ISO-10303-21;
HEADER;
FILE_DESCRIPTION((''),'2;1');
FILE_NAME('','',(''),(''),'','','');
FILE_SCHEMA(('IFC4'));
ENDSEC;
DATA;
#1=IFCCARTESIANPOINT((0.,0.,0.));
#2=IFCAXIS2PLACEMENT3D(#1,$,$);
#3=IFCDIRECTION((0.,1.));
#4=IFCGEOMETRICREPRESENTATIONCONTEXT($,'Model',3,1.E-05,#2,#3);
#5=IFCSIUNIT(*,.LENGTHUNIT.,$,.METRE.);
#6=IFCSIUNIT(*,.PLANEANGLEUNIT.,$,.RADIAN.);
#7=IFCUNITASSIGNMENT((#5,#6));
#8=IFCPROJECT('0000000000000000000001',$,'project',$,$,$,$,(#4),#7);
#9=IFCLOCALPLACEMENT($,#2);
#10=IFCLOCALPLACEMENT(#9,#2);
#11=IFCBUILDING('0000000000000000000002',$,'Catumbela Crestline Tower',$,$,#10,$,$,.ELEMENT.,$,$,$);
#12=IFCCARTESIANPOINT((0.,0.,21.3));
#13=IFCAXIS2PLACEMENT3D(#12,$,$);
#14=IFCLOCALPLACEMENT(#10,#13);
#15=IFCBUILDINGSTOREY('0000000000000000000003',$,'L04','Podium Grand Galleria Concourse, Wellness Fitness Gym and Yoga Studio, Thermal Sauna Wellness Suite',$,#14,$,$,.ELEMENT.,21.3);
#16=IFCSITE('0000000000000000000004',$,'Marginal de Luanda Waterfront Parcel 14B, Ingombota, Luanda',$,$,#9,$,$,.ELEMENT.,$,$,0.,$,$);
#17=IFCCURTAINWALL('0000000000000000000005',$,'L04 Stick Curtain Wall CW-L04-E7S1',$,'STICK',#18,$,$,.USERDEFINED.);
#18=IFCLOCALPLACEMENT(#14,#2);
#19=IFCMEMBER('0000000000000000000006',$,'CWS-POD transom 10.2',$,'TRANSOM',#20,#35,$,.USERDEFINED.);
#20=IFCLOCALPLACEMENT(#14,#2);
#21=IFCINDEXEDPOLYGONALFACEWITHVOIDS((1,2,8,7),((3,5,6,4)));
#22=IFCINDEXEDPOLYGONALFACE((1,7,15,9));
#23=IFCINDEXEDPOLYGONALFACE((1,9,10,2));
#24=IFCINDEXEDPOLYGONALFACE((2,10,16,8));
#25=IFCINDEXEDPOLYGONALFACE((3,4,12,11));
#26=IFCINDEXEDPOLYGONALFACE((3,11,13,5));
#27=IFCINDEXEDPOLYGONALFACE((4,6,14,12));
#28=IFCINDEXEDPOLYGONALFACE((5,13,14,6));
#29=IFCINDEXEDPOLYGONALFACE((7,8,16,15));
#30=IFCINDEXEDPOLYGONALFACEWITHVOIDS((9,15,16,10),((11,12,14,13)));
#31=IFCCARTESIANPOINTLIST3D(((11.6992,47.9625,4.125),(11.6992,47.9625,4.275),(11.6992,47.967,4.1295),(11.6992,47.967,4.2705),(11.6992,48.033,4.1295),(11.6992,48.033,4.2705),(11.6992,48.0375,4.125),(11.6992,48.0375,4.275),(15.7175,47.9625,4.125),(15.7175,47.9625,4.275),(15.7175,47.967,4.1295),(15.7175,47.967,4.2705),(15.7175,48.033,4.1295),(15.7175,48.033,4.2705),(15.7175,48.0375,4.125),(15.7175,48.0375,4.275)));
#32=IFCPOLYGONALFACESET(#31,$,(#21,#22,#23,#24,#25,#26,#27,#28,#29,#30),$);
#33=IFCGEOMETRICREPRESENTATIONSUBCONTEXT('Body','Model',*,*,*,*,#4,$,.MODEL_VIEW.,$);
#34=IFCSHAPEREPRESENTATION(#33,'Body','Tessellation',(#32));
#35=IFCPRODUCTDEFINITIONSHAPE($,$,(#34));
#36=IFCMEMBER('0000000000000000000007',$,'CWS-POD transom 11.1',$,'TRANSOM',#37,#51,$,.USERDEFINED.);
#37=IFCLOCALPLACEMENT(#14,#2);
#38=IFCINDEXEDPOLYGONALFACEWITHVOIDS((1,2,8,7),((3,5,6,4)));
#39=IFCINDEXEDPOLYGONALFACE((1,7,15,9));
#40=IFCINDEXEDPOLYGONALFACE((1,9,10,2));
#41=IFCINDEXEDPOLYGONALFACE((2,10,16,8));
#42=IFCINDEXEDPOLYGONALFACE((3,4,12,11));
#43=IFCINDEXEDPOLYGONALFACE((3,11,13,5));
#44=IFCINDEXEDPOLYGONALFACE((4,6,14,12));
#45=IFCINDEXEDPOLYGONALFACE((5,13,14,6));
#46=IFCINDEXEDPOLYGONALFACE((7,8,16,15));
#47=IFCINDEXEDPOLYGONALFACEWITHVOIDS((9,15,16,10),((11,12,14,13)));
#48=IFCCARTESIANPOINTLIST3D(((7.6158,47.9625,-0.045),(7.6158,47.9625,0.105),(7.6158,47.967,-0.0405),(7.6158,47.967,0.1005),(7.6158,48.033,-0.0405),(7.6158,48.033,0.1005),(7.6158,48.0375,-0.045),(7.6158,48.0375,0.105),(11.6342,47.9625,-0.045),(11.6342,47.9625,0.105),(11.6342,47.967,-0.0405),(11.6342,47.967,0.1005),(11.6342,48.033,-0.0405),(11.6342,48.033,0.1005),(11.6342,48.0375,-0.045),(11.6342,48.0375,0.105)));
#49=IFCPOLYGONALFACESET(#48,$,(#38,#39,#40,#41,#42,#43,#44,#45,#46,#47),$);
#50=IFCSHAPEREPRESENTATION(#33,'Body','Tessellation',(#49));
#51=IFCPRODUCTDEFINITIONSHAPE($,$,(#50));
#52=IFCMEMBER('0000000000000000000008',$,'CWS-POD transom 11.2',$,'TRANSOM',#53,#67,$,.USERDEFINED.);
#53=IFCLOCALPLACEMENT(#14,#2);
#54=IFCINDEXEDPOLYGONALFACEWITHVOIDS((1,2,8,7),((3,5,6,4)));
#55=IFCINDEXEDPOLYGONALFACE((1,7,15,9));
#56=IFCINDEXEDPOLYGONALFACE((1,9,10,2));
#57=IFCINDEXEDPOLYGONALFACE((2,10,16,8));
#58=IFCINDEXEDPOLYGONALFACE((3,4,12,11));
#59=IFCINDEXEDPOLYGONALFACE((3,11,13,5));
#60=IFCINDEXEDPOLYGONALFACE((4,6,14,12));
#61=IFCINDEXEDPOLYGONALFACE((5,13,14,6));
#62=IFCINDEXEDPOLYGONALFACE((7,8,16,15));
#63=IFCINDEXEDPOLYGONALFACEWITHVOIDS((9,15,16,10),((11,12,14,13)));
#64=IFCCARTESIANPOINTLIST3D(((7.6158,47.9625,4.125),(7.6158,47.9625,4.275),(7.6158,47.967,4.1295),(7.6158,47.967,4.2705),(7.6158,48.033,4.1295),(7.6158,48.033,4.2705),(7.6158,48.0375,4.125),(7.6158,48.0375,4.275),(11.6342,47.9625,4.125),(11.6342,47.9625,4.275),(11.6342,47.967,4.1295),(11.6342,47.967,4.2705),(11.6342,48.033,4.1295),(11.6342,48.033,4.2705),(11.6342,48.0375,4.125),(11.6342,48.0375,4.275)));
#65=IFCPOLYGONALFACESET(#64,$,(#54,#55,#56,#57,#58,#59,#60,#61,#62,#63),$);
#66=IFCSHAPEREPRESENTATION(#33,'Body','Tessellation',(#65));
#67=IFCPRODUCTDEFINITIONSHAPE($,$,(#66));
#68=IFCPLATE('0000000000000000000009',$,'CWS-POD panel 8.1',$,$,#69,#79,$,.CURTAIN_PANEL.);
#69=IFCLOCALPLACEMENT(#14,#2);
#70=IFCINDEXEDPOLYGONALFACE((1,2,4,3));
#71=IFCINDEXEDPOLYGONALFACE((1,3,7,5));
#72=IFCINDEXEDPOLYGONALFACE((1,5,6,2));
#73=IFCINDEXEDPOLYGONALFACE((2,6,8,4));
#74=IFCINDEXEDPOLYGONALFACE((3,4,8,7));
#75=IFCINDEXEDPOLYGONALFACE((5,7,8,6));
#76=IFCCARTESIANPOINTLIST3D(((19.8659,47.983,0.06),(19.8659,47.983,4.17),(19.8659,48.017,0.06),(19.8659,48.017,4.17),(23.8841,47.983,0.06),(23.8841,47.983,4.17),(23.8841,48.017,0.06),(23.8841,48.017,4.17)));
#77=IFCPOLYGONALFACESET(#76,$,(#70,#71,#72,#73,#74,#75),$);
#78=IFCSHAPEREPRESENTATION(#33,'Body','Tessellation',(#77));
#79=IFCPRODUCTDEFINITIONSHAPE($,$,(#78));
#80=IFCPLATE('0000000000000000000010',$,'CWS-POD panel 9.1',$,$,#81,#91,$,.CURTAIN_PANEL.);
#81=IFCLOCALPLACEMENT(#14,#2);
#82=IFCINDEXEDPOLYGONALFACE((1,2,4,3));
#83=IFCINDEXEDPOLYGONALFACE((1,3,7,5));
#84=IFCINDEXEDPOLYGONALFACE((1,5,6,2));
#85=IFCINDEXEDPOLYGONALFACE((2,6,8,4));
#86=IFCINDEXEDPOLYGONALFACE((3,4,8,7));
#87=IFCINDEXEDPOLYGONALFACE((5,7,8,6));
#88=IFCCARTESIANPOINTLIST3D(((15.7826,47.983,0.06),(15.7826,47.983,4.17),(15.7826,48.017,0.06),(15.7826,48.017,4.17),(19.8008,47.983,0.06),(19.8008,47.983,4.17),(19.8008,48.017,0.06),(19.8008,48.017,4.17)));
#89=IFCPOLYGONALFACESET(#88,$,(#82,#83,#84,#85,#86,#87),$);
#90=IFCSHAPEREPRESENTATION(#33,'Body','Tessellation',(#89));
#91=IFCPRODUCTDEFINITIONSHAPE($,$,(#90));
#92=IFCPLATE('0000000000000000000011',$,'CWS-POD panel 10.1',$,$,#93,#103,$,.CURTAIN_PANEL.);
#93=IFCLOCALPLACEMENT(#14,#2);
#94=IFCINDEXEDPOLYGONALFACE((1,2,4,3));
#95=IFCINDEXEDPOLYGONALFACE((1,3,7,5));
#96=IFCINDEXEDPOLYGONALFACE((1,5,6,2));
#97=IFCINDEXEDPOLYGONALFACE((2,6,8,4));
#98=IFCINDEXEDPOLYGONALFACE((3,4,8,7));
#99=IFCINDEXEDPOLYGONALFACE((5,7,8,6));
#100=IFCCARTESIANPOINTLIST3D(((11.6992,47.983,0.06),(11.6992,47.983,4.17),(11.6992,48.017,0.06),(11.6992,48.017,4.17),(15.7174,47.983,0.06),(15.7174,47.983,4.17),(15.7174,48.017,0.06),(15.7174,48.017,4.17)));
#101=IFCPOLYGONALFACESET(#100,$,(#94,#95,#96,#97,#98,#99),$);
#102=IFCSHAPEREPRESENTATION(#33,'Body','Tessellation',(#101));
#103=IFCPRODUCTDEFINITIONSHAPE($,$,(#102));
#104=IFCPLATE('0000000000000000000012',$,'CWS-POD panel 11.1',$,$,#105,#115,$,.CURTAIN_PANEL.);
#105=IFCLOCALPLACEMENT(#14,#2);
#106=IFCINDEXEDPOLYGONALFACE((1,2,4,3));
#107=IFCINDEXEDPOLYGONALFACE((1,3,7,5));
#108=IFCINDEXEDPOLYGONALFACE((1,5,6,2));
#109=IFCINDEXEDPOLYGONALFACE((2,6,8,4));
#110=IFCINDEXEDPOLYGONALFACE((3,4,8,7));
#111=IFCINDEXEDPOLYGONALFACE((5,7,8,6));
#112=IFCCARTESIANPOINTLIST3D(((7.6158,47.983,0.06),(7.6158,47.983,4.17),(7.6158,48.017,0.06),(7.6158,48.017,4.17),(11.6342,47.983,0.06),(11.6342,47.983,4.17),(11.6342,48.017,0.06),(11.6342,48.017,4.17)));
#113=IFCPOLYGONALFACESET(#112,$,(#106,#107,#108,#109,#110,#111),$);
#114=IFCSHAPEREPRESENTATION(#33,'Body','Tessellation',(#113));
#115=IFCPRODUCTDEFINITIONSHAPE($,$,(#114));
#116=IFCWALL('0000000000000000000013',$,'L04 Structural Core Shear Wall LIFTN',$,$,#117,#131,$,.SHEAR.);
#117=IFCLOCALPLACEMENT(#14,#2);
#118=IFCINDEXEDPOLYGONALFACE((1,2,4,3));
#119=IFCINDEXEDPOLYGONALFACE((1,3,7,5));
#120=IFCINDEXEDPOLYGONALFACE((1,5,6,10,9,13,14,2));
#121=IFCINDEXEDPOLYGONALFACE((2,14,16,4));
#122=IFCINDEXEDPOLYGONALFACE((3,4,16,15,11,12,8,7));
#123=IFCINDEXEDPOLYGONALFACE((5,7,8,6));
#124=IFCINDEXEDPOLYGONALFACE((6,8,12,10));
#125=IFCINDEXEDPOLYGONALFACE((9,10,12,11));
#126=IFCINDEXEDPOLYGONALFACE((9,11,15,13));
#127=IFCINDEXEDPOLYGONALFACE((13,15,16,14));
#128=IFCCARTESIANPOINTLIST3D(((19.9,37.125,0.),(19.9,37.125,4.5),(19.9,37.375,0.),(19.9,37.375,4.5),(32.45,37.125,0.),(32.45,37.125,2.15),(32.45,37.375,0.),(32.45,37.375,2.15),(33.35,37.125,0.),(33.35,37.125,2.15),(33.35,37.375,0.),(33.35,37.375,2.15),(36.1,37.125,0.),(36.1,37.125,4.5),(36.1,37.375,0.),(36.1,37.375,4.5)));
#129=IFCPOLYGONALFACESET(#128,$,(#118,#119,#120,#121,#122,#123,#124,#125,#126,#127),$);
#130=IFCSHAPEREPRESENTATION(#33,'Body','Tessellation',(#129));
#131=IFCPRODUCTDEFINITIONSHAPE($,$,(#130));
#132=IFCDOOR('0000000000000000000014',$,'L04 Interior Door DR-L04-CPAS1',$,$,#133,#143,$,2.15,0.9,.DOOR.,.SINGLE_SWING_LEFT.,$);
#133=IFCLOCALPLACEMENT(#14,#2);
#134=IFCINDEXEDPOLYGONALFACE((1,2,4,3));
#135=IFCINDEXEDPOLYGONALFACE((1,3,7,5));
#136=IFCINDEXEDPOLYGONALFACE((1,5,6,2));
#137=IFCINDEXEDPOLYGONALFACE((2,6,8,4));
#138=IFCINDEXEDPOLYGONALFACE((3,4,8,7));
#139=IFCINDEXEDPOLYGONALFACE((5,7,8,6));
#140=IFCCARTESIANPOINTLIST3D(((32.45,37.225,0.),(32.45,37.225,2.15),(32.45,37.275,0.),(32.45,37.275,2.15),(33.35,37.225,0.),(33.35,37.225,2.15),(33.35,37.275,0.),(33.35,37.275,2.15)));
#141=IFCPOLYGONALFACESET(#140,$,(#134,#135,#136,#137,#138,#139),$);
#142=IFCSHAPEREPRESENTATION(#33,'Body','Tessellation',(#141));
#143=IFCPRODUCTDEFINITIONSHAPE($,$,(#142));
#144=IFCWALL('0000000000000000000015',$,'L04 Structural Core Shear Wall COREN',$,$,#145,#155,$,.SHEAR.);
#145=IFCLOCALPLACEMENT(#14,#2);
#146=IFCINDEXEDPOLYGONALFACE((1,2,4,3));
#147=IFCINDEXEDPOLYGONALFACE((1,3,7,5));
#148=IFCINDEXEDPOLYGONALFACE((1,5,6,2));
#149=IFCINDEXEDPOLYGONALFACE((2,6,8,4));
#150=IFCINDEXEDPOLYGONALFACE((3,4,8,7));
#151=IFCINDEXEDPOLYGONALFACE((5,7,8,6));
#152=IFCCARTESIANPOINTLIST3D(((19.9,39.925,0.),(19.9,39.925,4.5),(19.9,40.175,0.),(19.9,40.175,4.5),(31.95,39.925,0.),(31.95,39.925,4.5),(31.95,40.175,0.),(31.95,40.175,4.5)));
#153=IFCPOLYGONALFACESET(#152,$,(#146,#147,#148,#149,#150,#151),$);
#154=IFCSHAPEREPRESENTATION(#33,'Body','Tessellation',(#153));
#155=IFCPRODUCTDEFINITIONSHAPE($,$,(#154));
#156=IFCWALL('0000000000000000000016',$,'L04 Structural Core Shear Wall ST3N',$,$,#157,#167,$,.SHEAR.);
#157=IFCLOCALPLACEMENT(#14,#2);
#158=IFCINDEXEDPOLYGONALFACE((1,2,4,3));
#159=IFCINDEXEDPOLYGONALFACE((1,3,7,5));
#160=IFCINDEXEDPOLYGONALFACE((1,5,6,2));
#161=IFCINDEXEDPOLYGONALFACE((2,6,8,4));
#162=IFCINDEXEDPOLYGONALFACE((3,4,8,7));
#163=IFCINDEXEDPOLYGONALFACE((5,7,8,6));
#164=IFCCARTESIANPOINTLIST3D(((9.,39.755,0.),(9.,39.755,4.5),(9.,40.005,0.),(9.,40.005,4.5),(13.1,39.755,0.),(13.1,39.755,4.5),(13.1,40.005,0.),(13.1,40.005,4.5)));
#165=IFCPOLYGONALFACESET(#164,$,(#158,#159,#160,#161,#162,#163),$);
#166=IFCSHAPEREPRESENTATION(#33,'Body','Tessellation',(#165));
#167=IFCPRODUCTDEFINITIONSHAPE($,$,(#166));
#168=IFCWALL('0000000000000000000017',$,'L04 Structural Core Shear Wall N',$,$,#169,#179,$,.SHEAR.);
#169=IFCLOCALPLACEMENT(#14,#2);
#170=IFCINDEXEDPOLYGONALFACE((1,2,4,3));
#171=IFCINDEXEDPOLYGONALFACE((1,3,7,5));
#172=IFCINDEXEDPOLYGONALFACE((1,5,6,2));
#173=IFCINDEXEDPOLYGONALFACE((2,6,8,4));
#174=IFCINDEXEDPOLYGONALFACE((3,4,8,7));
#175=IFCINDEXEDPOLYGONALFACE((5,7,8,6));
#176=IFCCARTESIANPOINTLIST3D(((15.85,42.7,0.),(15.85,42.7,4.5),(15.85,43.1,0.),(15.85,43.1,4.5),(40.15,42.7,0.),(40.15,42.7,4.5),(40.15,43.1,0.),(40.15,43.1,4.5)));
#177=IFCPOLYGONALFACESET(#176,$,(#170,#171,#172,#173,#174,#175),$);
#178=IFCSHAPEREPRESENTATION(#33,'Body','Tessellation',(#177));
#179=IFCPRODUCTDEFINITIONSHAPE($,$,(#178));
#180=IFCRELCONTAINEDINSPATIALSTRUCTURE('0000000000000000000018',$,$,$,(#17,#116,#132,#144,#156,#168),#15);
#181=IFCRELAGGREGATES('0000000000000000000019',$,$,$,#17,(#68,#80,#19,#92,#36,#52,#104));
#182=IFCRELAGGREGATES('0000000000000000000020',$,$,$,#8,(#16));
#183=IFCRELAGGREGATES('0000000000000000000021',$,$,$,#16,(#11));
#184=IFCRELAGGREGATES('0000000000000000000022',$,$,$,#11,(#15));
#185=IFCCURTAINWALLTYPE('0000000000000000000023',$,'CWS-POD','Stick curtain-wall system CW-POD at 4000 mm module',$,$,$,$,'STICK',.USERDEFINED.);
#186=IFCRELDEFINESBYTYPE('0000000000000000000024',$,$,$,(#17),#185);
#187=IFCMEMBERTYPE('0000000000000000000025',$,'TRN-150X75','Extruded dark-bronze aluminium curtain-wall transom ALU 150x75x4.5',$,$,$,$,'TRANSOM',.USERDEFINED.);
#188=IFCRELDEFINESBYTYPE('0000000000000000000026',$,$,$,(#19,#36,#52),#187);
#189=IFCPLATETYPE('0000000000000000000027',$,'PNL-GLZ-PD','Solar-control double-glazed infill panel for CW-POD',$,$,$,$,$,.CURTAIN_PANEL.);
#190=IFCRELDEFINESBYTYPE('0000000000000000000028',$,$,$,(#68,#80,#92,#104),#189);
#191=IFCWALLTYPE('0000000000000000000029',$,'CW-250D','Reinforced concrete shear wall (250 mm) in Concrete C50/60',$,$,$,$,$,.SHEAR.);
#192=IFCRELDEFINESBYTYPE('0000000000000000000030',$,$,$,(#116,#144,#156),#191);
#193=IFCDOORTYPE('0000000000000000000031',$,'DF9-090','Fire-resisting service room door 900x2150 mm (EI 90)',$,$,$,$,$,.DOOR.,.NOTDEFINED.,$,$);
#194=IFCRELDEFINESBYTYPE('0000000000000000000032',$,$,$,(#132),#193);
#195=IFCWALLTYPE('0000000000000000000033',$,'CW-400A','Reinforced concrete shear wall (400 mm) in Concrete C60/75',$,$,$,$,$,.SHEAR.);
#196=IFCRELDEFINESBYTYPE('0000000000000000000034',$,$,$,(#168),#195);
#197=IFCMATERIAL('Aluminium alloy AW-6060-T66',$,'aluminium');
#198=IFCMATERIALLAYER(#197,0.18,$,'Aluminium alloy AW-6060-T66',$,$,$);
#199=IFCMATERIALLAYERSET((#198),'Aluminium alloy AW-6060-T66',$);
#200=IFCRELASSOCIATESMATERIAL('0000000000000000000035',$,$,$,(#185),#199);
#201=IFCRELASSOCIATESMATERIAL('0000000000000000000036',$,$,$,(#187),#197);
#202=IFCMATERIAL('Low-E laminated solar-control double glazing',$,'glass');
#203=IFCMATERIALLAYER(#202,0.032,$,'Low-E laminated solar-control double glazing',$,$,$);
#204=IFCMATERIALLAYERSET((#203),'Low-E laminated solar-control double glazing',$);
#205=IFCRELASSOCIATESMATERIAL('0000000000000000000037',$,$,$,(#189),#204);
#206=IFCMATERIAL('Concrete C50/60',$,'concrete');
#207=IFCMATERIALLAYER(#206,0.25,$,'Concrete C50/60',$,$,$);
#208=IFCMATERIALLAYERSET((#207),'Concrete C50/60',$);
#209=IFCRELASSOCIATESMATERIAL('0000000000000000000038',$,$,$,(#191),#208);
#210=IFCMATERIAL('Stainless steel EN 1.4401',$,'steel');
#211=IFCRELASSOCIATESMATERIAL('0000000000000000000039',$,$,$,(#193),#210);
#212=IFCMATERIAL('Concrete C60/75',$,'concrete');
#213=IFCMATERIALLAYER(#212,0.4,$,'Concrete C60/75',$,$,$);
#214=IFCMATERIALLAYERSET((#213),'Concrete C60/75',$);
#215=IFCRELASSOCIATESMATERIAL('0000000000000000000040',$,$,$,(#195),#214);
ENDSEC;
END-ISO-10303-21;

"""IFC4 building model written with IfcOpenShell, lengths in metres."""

from ifc_helpers import new_model, si_unit, direction, frame, frame_2d, origin, origin_2d, place, context, subcontext, project, spatial, rectangle, hollow_rectangle, extrude, material, layer, layer_set, material_profile, profile_set, type_object, element, fill, aggregate, save


model = new_model("IFC4")

# Units and contexts
model_context = context("Model", 3, precision=1e-05, world=origin(), true_north=direction((0.0, 1.0)))
body_context = subcontext(model_context, "Body", "Model", "MODEL_VIEW")
ifc_project = project(units=[si_unit("LENGTHUNIT", "METRE"), si_unit("PLANEANGLEUNIT", "RADIAN")], contexts=[model_context])

# Site, building, storey
site_placement = place(None, origin())
site = spatial("IfcSite", under=ifc_project, at=site_placement, Name="Marginal de Luanda Waterfront Parcel 14B, Ingombota, Luanda", CompositionType="ELEMENT", RefElevation=0.0)
building_placement = place(site_placement, origin())
building = spatial("IfcBuilding", under=site, at=building_placement, Name="Catumbela Crestline Tower", CompositionType="ELEMENT")
storey_placement = place(building_placement, frame((0.0, 0.0, 21.3)))
storey = spatial("IfcBuildingStorey", under=building, at=storey_placement, Name="L04", Description="Podium Grand Galleria Concourse, Wellness Fitness Gym and Yoga Studio, Thermal Sauna Wellness Suite", CompositionType="ELEMENT", Elevation=21.3)

# Shared definitions
ifc_material_1 = material(Name="Concrete C60/75", Category="concrete")

# Curtain wall
ifc_material_2 = material(Name="Aluminium alloy AW-6060-T66", Category="aluminium")
ifc_layer_1 = layer(ifc_material_2, 0.18, Name="Aluminium alloy AW-6060-T66")
ifc_layer_set_1 = layer_set([ifc_layer_1], Name="Aluminium alloy AW-6060-T66")
curtain_wall_type = type_object("IfcCurtainWallType", Name="CWS-POD", Description="Stick curtain-wall system CW-POD at 4000 mm module", ElementType="STICK", PredefinedType="USERDEFINED", material=ifc_layer_set_1)
curtain_wall_placement = place(storey_placement, origin())
curtain_wall = element("IfcCurtainWall", 1, at=curtain_wall_placement, inside=storey, type_object=curtain_wall_type, Name="L04 Stick Curtain Wall CW-L04-E7S1", ObjectType="STICK", PredefinedType="USERDEFINED")

# Members
ifc_material_profile_1 = material_profile(ifc_material_2, hollow_rectangle(XDim=0.075, YDim=0.15, WallThickness=0.0045, at=origin_2d()), Name="ALU 150x75x4.5")
ifc_profile_set_1 = profile_set([ifc_material_profile_1], Name="Aluminium alloy AW-6060-T66")
member_type_1 = type_object("IfcMemberType", Name="TRN-150X75", Description="Extruded dark-bronze aluminium curtain-wall transom ALU 150x75x4.5", ElementType="TRANSOM", PredefinedType="USERDEFINED", material=ifc_profile_set_1)
member_1_placement = place(storey_placement, frame((15.7175, 48.0, 4.2), z_axis=(-1.0, 0.0, 0.0), x_axis=(0.0, -1.0, 0.0)))
member_1 = element("IfcMember", 2, at=member_1_placement, type_object=member_type_1, Name="CWS-POD transom 10.2", ObjectType="TRANSOM", PredefinedType="USERDEFINED", context=body_context, shape_type="SweptSolid", body=[
    extrude(hollow_rectangle(XDim=0.075, YDim=0.15, WallThickness=0.0045, at=origin_2d()), origin(), (0.0, 0.0, 1.0), 4.0183),
])
member_2_placement = place(storey_placement, frame((11.6342, 48.0, 0.03), z_axis=(-1.0, 0.0, 0.0), x_axis=(0.0, -1.0, 0.0)))
member_2 = element("IfcMember", 3, at=member_2_placement, type_object=member_type_1, Name="CWS-POD transom 11.1", ObjectType="TRANSOM", PredefinedType="USERDEFINED", context=body_context, shape_type="SweptSolid", body=[
    extrude(hollow_rectangle(XDim=0.075, YDim=0.15, WallThickness=0.0045, at=origin_2d()), origin(), (0.0, 0.0, 1.0), 4.0184),
])
member_3_placement = place(storey_placement, frame((11.6342, 48.0, 4.2), z_axis=(-1.0, 0.0, 0.0), x_axis=(0.0, -1.0, 0.0)))
member_3 = element("IfcMember", 4, at=member_3_placement, type_object=member_type_1, Name="CWS-POD transom 11.2", ObjectType="TRANSOM", PredefinedType="USERDEFINED", context=body_context, shape_type="SweptSolid", body=[
    extrude(hollow_rectangle(XDim=0.075, YDim=0.15, WallThickness=0.0045, at=origin_2d()), origin(), (0.0, 0.0, 1.0), 4.0184),
])

# Plates
ifc_material_3 = material(Name="Low-E laminated solar-control double glazing", Category="glass")
ifc_layer_2 = layer(ifc_material_3, 0.032, Name="Low-E laminated solar-control double glazing")
ifc_layer_set_2 = layer_set([ifc_layer_2], Name="Low-E laminated solar-control double glazing")
plate_type = type_object("IfcPlateType", Name="PNL-GLZ-PD", Description="Solar-control double-glazed infill panel for CW-POD", PredefinedType="CURTAIN_PANEL", material=ifc_layer_set_2)
plate_1_placement = place(storey_placement, frame((21.875, 48.0, 0.06), z_axis=(0.0, 0.0, 1.0), x_axis=(-1.0, 0.0, 0.0)))
plate_1 = element("IfcPlate", 5, at=plate_1_placement, type_object=plate_type, Name="CWS-POD panel 8.1", PredefinedType="CURTAIN_PANEL", context=body_context, shape_type="SweptSolid", body=[
    extrude(rectangle(XDim=4.0183, YDim=0.034, at=origin_2d()), origin(), (0.0, 0.0, 1.0), 4.11),
])
plate_2_placement = place(storey_placement, frame((17.7917, 48.0, 0.06), z_axis=(0.0, 0.0, 1.0), x_axis=(-1.0, 0.0, 0.0)))
plate_2 = element("IfcPlate", 6, at=plate_2_placement, type_object=plate_type, Name="CWS-POD panel 9.1", PredefinedType="CURTAIN_PANEL", context=body_context, shape_type="SweptSolid", body=[
    extrude(rectangle(XDim=4.0183, YDim=0.034, at=origin_2d()), origin(), (0.0, 0.0, 1.0), 4.11),
])
plate_3_placement = place(storey_placement, frame((13.7083, 48.0, 0.06), z_axis=(0.0, 0.0, 1.0), x_axis=(-1.0, 0.0, 0.0)))
plate_3 = element("IfcPlate", 7, at=plate_3_placement, type_object=plate_type, Name="CWS-POD panel 10.1", PredefinedType="CURTAIN_PANEL", context=body_context, shape_type="SweptSolid", body=[
    extrude(rectangle(XDim=4.0183, YDim=0.034, at=origin_2d()), origin(), (0.0, 0.0, 1.0), 4.11),
])
plate_4_placement = place(storey_placement, frame((9.625, 48.0, 0.06), z_axis=(0.0, 0.0, 1.0), x_axis=(-1.0, 0.0, 0.0)))
plate_4 = element("IfcPlate", 8, at=plate_4_placement, type_object=plate_type, Name="CWS-POD panel 11.1", PredefinedType="CURTAIN_PANEL", context=body_context, shape_type="SweptSolid", body=[
    extrude(rectangle(XDim=4.0183, YDim=0.034, at=origin_2d()), origin(), (0.0, 0.0, 1.0), 4.11),
])
aggregate(curtain_wall, [plate_1, plate_2, member_1, plate_3, member_2, member_3, plate_4])

# Wall, opening, door
ifc_material_4 = material(Name="Concrete C50/60", Category="concrete")
ifc_layer_3 = layer(ifc_material_4, 0.25, Name="Concrete C50/60")
ifc_layer_set_3 = layer_set([ifc_layer_3], Name="Concrete C50/60")
wall_type_1 = type_object("IfcWallType", Name="CW-250D", Description="Reinforced concrete shear wall (250 mm) in Concrete C50/60", PredefinedType="SHEAR", material=ifc_layer_set_3)
wall_1_placement = place(storey_placement, frame((19.9, 37.25, 0.0), z_axis=(0.0, 0.0, 1.0), x_axis=(1.0, 0.0, 0.0)))
wall_1 = element("IfcWall", 9, at=wall_1_placement, inside=storey, type_object=wall_type_1, Name="L04 Structural Core Shear Wall LIFTN", PredefinedType="SHEAR", context=body_context, shape_type="SweptSolid", body=[
    extrude(rectangle(XDim=16.2, YDim=0.25, at=frame_2d((8.1, 0.0))), origin(), (0.0, 0.0, 1.0), 4.5),
])
opening_placement = place(wall_1_placement, frame((12.55, 0.0, 0.0)))
opening = element("IfcOpeningElement", 10, at=opening_placement, cuts=wall_1, PredefinedType="OPENING", context=body_context, shape_type="SweptSolid", body=[
    extrude(rectangle(XDim=0.9, YDim=2.15, at=frame_2d((0.45, 1.075))), frame((0.0, 0.135, 0.0), z_axis=(0.0, -1.0, 0.0), x_axis=(1.0, 0.0, 0.0)), (0.0, 0.0, 1.0), 0.27),
])
ifc_material_5 = material(Name="Stainless steel EN 1.4401", Category="steel")
door_type = type_object("IfcDoorType", Name="DF9-090", Description="Fire-resisting service room door 900x2150 mm (EI 90)", OperationType="NOTDEFINED", PredefinedType="DOOR", material=ifc_material_5)
door_placement = place(opening_placement, origin())
door = element("IfcDoor", 11, at=door_placement, inside=storey, type_object=door_type, Name="L04 Interior Door DR-L04-CPAS1", OperationType="SINGLE_SWING_LEFT", OverallHeight=2.15, OverallWidth=0.9, PredefinedType="DOOR", context=body_context, shape_type="SweptSolid", body=[
    extrude(rectangle(XDim=0.9, YDim=2.15, at=frame_2d((0.45, 1.075))), frame((0.0, 0.025, 0.0), z_axis=(0.0, -1.0, 0.0), x_axis=(1.0, 0.0, 0.0)), (0.0, 0.0, 1.0), 0.05),
])
fill(opening, door)

# Walls
wall_2_placement = place(storey_placement, frame((19.9, 40.05, 0.0), z_axis=(0.0, 0.0, 1.0), x_axis=(1.0, 0.0, 0.0)))
element("IfcWall", 12, at=wall_2_placement, inside=storey, type_object=wall_type_1, Name="L04 Structural Core Shear Wall COREN", PredefinedType="SHEAR", context=body_context, shape_type="SweptSolid", body=[
    extrude(rectangle(XDim=12.05, YDim=0.25, at=frame_2d((6.025, 0.0))), origin(), (0.0, 0.0, 1.0), 4.5),
])
wall_3_placement = place(storey_placement, frame((9.0, 39.88, 0.0), z_axis=(0.0, 0.0, 1.0), x_axis=(1.0, 0.0, 0.0)))
element("IfcWall", 13, at=wall_3_placement, inside=storey, type_object=wall_type_1, Name="L04 Structural Core Shear Wall ST3N", PredefinedType="SHEAR", context=body_context, shape_type="SweptSolid", body=[
    extrude(rectangle(XDim=4.1, YDim=0.25, at=frame_2d((2.05, 0.0))), origin(), (0.0, 0.0, 1.0), 4.5),
])
ifc_layer_4 = layer(ifc_material_1, 0.4, Name="Concrete C60/75")
ifc_layer_set_4 = layer_set([ifc_layer_4], Name="Concrete C60/75")
wall_type_2 = type_object("IfcWallType", Name="CW-400A", Description="Reinforced concrete shear wall (400 mm) in Concrete C60/75", PredefinedType="SHEAR", material=ifc_layer_set_4)
wall_4_placement = place(storey_placement, frame((15.85, 42.9, 0.0), z_axis=(0.0, 0.0, 1.0), x_axis=(1.0, 0.0, 0.0)))
element("IfcWall", 14, at=wall_4_placement, inside=storey, type_object=wall_type_2, Name="L04 Structural Core Shear Wall N", PredefinedType="SHEAR", context=body_context, shape_type="SweptSolid", body=[
    extrude(rectangle(XDim=24.3, YDim=0.4, at=frame_2d((12.15, 0.0))), origin(), (0.0, 0.0, 1.0), 4.5),
])

save(model, "model.ifc")
